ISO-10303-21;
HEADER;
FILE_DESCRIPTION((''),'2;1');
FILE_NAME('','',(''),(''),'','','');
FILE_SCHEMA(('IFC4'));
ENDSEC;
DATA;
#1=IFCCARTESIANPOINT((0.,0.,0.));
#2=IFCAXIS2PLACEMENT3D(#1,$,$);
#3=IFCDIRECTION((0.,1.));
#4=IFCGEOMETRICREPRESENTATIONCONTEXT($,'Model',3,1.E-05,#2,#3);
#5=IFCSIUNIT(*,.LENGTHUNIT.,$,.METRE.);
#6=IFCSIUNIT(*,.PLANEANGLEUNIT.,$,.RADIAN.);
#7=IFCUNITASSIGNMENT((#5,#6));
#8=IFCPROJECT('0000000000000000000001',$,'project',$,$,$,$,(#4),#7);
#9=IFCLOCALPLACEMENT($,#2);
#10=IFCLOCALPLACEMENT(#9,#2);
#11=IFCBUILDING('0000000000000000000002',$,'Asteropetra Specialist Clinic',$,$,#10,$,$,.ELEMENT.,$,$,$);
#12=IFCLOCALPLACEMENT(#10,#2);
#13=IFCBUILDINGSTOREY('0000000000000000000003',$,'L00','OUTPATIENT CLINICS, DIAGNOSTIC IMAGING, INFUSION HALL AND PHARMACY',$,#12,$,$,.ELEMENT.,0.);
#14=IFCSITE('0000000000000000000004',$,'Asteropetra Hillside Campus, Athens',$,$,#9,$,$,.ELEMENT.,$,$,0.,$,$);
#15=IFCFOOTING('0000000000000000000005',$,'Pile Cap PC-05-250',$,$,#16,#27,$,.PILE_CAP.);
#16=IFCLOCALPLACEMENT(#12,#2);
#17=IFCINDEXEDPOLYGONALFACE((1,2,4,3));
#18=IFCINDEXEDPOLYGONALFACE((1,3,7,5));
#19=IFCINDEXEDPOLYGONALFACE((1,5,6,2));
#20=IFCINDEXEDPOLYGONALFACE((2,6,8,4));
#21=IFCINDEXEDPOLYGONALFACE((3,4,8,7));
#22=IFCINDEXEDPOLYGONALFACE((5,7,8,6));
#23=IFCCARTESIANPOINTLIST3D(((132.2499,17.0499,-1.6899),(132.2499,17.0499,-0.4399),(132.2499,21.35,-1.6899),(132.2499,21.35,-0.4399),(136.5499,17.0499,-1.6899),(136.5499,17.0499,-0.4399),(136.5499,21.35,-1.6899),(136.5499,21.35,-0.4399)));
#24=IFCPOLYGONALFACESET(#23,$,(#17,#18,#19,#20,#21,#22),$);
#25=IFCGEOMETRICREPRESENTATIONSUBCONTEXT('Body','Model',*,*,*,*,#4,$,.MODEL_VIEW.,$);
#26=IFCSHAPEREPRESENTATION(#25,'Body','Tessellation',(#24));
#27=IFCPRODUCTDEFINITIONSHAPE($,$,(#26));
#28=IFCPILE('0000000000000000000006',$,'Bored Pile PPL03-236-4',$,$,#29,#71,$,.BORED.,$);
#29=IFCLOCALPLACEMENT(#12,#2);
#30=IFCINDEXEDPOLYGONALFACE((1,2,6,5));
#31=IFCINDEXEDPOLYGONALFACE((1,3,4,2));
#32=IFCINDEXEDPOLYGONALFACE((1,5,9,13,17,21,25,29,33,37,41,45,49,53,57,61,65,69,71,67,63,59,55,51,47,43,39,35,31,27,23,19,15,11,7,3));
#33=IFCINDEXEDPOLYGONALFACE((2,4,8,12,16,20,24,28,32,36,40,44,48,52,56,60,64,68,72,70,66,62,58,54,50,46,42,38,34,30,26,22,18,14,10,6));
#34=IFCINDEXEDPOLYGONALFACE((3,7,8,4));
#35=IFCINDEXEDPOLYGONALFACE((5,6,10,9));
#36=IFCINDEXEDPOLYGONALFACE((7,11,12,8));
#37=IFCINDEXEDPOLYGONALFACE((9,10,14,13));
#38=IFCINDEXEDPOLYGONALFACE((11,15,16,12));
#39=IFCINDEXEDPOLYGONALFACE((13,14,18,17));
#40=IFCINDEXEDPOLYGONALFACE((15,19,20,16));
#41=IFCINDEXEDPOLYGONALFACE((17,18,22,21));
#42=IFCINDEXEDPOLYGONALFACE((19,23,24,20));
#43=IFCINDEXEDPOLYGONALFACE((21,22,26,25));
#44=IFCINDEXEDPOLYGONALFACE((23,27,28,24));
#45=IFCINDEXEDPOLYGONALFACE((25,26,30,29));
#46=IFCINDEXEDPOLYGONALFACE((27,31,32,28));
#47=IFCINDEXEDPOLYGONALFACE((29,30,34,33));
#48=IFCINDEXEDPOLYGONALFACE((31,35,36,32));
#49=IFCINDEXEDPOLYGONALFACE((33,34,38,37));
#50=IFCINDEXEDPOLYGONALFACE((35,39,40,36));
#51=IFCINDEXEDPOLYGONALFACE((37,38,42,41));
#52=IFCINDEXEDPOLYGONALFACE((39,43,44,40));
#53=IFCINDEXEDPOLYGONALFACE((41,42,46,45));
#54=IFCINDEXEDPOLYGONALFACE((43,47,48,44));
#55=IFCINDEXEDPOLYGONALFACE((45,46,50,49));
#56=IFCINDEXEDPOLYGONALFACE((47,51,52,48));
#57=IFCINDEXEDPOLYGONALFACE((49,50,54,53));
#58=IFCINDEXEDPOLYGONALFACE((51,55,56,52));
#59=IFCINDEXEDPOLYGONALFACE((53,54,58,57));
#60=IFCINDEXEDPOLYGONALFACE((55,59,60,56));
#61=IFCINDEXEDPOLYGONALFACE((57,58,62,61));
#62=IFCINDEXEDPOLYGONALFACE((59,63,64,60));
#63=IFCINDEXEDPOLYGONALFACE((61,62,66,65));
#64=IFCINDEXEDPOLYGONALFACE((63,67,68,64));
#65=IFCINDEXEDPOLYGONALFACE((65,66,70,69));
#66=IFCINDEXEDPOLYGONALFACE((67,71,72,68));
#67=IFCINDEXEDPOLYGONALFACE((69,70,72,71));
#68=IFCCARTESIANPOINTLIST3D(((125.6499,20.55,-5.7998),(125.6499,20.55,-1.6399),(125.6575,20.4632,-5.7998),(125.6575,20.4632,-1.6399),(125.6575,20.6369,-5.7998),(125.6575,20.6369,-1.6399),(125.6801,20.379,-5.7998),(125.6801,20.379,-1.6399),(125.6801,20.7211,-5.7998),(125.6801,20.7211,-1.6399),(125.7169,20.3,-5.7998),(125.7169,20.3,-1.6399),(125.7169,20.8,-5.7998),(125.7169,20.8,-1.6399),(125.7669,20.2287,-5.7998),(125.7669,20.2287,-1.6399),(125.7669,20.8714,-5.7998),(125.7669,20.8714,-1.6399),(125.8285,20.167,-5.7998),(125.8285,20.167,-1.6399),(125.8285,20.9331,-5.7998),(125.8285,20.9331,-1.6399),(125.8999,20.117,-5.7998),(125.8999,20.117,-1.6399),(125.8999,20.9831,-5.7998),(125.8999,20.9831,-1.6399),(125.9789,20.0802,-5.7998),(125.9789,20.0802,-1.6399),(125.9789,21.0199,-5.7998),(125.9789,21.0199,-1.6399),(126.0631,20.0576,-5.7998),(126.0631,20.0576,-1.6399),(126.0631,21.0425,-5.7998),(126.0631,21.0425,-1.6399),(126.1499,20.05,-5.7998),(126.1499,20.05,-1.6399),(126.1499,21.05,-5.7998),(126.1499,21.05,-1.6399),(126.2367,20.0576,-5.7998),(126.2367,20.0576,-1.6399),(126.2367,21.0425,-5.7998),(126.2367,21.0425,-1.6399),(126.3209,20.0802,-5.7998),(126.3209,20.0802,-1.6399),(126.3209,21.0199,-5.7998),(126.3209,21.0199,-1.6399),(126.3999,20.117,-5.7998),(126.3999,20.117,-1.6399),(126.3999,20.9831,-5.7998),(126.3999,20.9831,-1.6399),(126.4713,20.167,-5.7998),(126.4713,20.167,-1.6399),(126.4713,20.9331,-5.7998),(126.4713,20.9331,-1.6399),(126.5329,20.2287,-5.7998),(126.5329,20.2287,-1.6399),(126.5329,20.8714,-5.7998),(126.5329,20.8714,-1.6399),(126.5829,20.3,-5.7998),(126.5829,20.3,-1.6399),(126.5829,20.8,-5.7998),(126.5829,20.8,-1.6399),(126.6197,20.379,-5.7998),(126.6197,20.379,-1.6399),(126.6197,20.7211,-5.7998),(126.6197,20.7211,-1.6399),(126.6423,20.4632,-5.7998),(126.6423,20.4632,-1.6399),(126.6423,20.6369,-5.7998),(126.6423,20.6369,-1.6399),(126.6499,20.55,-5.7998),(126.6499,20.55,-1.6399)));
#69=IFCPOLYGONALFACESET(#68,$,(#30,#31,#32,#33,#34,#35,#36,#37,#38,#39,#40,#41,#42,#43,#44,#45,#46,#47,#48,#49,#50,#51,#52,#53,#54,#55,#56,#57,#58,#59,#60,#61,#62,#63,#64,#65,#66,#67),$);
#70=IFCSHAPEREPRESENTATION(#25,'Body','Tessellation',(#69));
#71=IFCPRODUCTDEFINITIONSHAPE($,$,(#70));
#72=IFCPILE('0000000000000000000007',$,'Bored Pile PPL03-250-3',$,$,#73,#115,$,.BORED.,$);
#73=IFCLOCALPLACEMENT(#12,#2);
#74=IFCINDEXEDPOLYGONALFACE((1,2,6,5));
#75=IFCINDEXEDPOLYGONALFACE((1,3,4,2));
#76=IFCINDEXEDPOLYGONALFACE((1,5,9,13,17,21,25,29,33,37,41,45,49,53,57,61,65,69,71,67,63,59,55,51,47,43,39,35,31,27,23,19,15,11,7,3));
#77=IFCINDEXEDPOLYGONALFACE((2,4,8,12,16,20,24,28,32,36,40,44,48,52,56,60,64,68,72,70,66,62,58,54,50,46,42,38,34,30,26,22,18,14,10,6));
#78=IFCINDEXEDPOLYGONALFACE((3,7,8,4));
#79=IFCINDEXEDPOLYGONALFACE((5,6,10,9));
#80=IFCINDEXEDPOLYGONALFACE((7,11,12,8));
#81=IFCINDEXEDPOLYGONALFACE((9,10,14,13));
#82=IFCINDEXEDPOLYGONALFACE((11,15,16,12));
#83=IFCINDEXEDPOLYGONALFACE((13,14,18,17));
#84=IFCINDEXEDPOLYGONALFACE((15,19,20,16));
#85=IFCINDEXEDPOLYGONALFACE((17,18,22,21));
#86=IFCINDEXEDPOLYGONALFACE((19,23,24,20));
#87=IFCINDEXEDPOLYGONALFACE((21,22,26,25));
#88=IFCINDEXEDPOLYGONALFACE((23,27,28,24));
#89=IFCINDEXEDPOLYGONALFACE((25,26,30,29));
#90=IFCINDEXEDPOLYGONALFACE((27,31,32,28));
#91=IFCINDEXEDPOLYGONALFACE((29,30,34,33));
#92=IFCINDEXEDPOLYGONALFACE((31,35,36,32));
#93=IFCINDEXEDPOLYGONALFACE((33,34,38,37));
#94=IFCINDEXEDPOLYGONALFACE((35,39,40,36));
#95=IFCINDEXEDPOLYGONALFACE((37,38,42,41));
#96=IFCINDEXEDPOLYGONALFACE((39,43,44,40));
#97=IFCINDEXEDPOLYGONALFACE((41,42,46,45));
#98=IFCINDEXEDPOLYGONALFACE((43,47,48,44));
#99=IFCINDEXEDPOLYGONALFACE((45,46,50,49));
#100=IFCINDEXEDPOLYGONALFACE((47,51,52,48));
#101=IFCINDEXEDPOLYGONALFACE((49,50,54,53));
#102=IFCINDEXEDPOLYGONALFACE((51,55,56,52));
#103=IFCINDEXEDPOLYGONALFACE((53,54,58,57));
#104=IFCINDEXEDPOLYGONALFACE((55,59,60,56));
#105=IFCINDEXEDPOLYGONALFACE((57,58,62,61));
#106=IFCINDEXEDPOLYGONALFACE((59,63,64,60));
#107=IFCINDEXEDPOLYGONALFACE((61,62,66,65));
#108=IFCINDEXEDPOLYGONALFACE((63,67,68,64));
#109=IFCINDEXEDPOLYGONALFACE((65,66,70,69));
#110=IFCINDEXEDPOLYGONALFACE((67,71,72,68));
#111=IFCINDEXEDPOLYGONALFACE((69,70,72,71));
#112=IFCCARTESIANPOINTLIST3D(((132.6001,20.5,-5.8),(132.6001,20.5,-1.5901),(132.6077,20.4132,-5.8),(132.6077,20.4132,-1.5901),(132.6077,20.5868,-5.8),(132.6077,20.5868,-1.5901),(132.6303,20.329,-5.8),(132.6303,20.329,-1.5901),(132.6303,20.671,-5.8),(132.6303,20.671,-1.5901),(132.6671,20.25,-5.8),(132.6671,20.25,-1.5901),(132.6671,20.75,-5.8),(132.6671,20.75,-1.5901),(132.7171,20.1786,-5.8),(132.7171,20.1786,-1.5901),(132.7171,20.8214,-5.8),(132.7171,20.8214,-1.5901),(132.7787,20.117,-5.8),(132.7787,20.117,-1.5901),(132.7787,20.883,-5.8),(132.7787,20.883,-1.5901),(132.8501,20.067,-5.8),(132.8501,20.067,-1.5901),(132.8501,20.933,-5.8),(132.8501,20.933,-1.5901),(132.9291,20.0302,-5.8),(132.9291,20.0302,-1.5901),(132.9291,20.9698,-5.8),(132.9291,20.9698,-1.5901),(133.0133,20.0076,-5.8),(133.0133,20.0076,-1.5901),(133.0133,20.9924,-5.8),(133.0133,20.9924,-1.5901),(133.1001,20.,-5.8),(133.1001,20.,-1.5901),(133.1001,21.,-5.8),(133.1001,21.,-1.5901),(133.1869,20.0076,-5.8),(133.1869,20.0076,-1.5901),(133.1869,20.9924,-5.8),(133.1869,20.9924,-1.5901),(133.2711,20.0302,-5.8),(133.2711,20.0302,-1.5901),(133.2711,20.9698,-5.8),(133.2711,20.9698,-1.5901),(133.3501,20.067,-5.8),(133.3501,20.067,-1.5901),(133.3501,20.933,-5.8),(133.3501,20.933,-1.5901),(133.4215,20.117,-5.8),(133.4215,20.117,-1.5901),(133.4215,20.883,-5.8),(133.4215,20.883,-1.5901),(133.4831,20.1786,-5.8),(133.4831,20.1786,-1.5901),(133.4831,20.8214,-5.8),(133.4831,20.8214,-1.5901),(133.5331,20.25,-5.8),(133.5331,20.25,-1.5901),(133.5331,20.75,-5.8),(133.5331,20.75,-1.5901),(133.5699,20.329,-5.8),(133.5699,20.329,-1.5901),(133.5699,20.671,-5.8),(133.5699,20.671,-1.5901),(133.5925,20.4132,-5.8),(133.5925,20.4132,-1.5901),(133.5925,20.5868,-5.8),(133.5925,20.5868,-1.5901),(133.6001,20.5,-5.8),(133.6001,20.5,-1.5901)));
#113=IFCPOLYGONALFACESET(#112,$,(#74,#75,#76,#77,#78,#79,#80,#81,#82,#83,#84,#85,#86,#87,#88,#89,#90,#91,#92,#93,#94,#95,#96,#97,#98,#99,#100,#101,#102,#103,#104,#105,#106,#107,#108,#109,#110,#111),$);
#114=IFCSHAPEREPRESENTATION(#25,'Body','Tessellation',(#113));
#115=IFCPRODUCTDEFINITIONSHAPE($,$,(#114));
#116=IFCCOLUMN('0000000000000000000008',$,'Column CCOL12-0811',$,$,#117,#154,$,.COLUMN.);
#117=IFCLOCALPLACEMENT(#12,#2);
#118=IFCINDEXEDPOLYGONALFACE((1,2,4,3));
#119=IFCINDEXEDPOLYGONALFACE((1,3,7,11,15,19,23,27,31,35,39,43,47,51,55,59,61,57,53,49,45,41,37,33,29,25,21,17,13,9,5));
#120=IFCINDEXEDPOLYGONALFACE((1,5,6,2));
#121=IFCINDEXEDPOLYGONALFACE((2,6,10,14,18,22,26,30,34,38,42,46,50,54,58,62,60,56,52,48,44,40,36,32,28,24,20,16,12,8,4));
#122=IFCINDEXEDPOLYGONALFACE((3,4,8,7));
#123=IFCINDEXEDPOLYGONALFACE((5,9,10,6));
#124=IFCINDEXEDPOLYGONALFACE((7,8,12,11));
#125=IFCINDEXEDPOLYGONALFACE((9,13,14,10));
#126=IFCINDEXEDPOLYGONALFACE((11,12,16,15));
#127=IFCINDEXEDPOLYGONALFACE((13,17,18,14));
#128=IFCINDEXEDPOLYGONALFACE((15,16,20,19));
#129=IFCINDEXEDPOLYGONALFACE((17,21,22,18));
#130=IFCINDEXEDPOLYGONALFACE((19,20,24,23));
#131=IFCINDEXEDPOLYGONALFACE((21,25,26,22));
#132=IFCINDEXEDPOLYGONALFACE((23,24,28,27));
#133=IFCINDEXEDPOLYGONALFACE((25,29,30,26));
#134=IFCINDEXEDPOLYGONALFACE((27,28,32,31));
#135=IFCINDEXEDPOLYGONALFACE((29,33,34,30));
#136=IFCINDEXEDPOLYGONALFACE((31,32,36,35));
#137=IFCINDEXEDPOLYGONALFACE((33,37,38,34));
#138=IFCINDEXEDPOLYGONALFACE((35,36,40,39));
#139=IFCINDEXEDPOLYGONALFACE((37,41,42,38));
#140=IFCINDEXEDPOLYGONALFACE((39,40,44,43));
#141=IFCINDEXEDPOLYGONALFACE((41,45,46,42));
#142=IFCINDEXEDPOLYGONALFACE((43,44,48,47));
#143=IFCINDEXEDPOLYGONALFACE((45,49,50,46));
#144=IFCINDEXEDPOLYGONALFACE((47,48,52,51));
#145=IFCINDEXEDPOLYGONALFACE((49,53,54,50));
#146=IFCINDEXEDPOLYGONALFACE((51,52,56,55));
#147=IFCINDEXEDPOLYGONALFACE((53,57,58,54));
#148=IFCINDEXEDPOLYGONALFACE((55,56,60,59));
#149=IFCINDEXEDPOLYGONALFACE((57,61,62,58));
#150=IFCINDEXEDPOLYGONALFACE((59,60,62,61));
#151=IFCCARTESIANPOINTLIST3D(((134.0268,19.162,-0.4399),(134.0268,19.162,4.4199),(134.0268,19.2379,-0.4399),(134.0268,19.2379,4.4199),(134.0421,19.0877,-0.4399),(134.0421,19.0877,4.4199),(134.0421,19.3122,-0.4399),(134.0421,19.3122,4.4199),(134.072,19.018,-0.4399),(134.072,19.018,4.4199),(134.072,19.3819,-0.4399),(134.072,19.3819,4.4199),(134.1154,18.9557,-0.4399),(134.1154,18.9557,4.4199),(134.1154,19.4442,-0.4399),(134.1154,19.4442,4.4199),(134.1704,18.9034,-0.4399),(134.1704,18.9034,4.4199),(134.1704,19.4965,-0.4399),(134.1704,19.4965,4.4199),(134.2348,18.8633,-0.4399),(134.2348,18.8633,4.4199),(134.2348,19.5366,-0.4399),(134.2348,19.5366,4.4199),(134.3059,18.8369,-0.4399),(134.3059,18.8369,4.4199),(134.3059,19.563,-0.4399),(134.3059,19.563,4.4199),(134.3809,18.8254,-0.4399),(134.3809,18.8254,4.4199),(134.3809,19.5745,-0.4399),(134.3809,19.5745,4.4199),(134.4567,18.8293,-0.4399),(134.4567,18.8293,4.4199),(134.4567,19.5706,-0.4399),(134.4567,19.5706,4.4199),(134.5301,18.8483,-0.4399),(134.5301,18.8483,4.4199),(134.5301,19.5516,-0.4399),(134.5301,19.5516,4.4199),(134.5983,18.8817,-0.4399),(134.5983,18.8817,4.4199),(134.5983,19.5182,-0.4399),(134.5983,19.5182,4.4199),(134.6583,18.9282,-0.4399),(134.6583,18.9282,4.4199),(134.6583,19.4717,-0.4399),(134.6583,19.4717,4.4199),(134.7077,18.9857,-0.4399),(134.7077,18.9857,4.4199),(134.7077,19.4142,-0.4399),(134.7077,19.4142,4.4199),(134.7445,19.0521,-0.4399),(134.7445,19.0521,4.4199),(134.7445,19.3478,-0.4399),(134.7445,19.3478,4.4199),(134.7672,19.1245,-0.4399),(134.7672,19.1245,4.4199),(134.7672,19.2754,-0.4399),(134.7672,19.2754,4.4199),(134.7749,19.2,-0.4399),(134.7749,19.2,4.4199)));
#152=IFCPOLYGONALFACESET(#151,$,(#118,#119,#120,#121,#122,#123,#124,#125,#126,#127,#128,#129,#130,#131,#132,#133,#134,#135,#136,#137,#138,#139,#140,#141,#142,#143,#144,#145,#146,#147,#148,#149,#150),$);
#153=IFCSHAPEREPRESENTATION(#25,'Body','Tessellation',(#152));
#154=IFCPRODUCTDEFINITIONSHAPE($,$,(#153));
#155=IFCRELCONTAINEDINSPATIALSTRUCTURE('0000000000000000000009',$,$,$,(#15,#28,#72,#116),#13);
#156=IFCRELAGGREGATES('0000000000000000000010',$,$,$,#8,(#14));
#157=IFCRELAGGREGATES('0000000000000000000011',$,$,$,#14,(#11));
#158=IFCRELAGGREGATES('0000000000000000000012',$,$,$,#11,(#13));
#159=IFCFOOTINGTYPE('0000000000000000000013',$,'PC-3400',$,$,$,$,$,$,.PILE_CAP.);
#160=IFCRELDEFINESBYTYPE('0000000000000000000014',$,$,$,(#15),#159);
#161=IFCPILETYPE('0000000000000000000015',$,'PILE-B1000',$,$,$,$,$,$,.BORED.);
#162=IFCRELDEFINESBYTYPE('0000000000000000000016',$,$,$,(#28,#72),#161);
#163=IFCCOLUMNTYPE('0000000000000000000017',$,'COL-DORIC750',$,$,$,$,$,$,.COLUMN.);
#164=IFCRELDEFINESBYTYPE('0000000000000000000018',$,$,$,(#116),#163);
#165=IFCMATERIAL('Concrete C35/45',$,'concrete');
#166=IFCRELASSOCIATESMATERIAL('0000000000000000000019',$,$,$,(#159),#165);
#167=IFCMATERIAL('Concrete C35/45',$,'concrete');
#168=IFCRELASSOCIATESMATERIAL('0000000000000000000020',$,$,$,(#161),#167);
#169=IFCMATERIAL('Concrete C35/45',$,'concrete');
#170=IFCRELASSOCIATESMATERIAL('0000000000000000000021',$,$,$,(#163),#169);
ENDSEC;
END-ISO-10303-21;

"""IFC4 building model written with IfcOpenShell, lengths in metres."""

from ifc_helpers import new_model, si_unit, direction, frame, origin, origin_2d, place, context, subcontext, project, spatial, rectangle, circle, extrude, material, material_profile, profile_set, type_object, element, save


model = new_model("IFC4")

# Units and contexts
model_context = context("Model", 3, precision=1e-05, world=origin(), true_north=direction((0.0, 1.0)))
body_context = subcontext(model_context, "Body", "Model", "MODEL_VIEW")
ifc_project = project(units=[si_unit("LENGTHUNIT", "METRE"), si_unit("PLANEANGLEUNIT", "RADIAN")], contexts=[model_context])

# Site, building, storey
site_placement = place(None, origin())
site = spatial("IfcSite", under=ifc_project, at=site_placement, Name="Asteropetra Hillside Campus, Athens", CompositionType="ELEMENT", RefElevation=0.0)
building_placement = place(site_placement, origin())
building = spatial("IfcBuilding", under=site, at=building_placement, Name="Asteropetra Specialist Clinic", CompositionType="ELEMENT")
storey_placement = place(building_placement, origin())
storey = spatial("IfcBuildingStorey", under=building, at=storey_placement, Name="L00", Description="OUTPATIENT CLINICS, DIAGNOSTIC IMAGING, INFUSION HALL AND PHARMACY", CompositionType="ELEMENT", Elevation=0.0)

# Footing
ifc_material_1 = material(Name="Concrete C35/45", Category="concrete")
footing_type = type_object("IfcFootingType", Name="PC-3400", PredefinedType="PILE_CAP", material=ifc_material_1)
footing_placement = place(storey_placement, frame((134.3999, 19.2, -1.6899), z_axis=(0.0, 0.0, 1.0), x_axis=(1.0, 0.0, 0.0)))
element("IfcFooting", 1, at=footing_placement, inside=storey, type_object=footing_type, Name="Pile Cap PC-05-250", PredefinedType="PILE_CAP", context=body_context, shape_type="SweptSolid", body=[
    extrude(rectangle(XDim=4.3, YDim=4.3, at=origin_2d()), origin(), (0.0, 0.0, 1.0), 1.25),
])

# Piles
ifc_material_2 = material(Name="Concrete C35/45", Category="concrete")
ifc_material_profile_1 = material_profile(ifc_material_2, circle(Radius=0.5, at=origin_2d()), Name="PILE D1000")
ifc_profile_set_1 = profile_set([ifc_material_profile_1], Name="Concrete C35/45")
pile_type = type_object("IfcPileType", Name="PILE-B1000", PredefinedType="BORED", material=ifc_profile_set_1)
pile_1_placement = place(storey_placement, frame((126.1499, 20.55, -1.6399), z_axis=(0.0, 0.0, -1.0), x_axis=(1.0, 0.0, 0.0)))
element("IfcPile", 2, at=pile_1_placement, inside=storey, type_object=pile_type, Name="Bored Pile PPL03-236-4", PredefinedType="BORED", context=body_context, shape_type="SweptSolid", body=[
    extrude(circle(Radius=0.5, at=origin_2d()), origin(), (0.0, 0.0, 1.0), 4.1599),
])
pile_2_placement = place(storey_placement, frame((133.1001, 20.5, -1.5901), z_axis=(0.0, 0.0, -1.0), x_axis=(1.0, 0.0, 0.0)))
element("IfcPile", 3, at=pile_2_placement, inside=storey, type_object=pile_type, Name="Bored Pile PPL03-250-3", PredefinedType="BORED", context=body_context, shape_type="SweptSolid", body=[
    extrude(circle(Radius=0.5, at=origin_2d()), origin(), (0.0, 0.0, 1.0), 4.21),
])

# Column
ifc_material_3 = material(Name="Concrete C35/45", Category="concrete")
ifc_material_profile_2 = material_profile(ifc_material_3, circle(Radius=0.375, at=origin_2d()), Name="RCC D750")
ifc_profile_set_2 = profile_set([ifc_material_profile_2], Name="Concrete C35/45")
column_type = type_object("IfcColumnType", Name="COL-DORIC750", PredefinedType="COLUMN", material=ifc_profile_set_2)
column_placement = place(storey_placement, frame((134.3999, 19.2, -0.4399), z_axis=(0.0, 0.0, 1.0), x_axis=(1.0, 0.0, 0.0)))
element("IfcColumn", 4, at=column_placement, inside=storey, type_object=column_type, Name="Column CCOL12-0811", PredefinedType="COLUMN", context=body_context, shape_type="SweptSolid", body=[
    extrude(circle(Radius=0.375, at=origin_2d()), origin(), (0.0, 0.0, 1.0), 4.8599),
])

save(model, "model.ifc")
